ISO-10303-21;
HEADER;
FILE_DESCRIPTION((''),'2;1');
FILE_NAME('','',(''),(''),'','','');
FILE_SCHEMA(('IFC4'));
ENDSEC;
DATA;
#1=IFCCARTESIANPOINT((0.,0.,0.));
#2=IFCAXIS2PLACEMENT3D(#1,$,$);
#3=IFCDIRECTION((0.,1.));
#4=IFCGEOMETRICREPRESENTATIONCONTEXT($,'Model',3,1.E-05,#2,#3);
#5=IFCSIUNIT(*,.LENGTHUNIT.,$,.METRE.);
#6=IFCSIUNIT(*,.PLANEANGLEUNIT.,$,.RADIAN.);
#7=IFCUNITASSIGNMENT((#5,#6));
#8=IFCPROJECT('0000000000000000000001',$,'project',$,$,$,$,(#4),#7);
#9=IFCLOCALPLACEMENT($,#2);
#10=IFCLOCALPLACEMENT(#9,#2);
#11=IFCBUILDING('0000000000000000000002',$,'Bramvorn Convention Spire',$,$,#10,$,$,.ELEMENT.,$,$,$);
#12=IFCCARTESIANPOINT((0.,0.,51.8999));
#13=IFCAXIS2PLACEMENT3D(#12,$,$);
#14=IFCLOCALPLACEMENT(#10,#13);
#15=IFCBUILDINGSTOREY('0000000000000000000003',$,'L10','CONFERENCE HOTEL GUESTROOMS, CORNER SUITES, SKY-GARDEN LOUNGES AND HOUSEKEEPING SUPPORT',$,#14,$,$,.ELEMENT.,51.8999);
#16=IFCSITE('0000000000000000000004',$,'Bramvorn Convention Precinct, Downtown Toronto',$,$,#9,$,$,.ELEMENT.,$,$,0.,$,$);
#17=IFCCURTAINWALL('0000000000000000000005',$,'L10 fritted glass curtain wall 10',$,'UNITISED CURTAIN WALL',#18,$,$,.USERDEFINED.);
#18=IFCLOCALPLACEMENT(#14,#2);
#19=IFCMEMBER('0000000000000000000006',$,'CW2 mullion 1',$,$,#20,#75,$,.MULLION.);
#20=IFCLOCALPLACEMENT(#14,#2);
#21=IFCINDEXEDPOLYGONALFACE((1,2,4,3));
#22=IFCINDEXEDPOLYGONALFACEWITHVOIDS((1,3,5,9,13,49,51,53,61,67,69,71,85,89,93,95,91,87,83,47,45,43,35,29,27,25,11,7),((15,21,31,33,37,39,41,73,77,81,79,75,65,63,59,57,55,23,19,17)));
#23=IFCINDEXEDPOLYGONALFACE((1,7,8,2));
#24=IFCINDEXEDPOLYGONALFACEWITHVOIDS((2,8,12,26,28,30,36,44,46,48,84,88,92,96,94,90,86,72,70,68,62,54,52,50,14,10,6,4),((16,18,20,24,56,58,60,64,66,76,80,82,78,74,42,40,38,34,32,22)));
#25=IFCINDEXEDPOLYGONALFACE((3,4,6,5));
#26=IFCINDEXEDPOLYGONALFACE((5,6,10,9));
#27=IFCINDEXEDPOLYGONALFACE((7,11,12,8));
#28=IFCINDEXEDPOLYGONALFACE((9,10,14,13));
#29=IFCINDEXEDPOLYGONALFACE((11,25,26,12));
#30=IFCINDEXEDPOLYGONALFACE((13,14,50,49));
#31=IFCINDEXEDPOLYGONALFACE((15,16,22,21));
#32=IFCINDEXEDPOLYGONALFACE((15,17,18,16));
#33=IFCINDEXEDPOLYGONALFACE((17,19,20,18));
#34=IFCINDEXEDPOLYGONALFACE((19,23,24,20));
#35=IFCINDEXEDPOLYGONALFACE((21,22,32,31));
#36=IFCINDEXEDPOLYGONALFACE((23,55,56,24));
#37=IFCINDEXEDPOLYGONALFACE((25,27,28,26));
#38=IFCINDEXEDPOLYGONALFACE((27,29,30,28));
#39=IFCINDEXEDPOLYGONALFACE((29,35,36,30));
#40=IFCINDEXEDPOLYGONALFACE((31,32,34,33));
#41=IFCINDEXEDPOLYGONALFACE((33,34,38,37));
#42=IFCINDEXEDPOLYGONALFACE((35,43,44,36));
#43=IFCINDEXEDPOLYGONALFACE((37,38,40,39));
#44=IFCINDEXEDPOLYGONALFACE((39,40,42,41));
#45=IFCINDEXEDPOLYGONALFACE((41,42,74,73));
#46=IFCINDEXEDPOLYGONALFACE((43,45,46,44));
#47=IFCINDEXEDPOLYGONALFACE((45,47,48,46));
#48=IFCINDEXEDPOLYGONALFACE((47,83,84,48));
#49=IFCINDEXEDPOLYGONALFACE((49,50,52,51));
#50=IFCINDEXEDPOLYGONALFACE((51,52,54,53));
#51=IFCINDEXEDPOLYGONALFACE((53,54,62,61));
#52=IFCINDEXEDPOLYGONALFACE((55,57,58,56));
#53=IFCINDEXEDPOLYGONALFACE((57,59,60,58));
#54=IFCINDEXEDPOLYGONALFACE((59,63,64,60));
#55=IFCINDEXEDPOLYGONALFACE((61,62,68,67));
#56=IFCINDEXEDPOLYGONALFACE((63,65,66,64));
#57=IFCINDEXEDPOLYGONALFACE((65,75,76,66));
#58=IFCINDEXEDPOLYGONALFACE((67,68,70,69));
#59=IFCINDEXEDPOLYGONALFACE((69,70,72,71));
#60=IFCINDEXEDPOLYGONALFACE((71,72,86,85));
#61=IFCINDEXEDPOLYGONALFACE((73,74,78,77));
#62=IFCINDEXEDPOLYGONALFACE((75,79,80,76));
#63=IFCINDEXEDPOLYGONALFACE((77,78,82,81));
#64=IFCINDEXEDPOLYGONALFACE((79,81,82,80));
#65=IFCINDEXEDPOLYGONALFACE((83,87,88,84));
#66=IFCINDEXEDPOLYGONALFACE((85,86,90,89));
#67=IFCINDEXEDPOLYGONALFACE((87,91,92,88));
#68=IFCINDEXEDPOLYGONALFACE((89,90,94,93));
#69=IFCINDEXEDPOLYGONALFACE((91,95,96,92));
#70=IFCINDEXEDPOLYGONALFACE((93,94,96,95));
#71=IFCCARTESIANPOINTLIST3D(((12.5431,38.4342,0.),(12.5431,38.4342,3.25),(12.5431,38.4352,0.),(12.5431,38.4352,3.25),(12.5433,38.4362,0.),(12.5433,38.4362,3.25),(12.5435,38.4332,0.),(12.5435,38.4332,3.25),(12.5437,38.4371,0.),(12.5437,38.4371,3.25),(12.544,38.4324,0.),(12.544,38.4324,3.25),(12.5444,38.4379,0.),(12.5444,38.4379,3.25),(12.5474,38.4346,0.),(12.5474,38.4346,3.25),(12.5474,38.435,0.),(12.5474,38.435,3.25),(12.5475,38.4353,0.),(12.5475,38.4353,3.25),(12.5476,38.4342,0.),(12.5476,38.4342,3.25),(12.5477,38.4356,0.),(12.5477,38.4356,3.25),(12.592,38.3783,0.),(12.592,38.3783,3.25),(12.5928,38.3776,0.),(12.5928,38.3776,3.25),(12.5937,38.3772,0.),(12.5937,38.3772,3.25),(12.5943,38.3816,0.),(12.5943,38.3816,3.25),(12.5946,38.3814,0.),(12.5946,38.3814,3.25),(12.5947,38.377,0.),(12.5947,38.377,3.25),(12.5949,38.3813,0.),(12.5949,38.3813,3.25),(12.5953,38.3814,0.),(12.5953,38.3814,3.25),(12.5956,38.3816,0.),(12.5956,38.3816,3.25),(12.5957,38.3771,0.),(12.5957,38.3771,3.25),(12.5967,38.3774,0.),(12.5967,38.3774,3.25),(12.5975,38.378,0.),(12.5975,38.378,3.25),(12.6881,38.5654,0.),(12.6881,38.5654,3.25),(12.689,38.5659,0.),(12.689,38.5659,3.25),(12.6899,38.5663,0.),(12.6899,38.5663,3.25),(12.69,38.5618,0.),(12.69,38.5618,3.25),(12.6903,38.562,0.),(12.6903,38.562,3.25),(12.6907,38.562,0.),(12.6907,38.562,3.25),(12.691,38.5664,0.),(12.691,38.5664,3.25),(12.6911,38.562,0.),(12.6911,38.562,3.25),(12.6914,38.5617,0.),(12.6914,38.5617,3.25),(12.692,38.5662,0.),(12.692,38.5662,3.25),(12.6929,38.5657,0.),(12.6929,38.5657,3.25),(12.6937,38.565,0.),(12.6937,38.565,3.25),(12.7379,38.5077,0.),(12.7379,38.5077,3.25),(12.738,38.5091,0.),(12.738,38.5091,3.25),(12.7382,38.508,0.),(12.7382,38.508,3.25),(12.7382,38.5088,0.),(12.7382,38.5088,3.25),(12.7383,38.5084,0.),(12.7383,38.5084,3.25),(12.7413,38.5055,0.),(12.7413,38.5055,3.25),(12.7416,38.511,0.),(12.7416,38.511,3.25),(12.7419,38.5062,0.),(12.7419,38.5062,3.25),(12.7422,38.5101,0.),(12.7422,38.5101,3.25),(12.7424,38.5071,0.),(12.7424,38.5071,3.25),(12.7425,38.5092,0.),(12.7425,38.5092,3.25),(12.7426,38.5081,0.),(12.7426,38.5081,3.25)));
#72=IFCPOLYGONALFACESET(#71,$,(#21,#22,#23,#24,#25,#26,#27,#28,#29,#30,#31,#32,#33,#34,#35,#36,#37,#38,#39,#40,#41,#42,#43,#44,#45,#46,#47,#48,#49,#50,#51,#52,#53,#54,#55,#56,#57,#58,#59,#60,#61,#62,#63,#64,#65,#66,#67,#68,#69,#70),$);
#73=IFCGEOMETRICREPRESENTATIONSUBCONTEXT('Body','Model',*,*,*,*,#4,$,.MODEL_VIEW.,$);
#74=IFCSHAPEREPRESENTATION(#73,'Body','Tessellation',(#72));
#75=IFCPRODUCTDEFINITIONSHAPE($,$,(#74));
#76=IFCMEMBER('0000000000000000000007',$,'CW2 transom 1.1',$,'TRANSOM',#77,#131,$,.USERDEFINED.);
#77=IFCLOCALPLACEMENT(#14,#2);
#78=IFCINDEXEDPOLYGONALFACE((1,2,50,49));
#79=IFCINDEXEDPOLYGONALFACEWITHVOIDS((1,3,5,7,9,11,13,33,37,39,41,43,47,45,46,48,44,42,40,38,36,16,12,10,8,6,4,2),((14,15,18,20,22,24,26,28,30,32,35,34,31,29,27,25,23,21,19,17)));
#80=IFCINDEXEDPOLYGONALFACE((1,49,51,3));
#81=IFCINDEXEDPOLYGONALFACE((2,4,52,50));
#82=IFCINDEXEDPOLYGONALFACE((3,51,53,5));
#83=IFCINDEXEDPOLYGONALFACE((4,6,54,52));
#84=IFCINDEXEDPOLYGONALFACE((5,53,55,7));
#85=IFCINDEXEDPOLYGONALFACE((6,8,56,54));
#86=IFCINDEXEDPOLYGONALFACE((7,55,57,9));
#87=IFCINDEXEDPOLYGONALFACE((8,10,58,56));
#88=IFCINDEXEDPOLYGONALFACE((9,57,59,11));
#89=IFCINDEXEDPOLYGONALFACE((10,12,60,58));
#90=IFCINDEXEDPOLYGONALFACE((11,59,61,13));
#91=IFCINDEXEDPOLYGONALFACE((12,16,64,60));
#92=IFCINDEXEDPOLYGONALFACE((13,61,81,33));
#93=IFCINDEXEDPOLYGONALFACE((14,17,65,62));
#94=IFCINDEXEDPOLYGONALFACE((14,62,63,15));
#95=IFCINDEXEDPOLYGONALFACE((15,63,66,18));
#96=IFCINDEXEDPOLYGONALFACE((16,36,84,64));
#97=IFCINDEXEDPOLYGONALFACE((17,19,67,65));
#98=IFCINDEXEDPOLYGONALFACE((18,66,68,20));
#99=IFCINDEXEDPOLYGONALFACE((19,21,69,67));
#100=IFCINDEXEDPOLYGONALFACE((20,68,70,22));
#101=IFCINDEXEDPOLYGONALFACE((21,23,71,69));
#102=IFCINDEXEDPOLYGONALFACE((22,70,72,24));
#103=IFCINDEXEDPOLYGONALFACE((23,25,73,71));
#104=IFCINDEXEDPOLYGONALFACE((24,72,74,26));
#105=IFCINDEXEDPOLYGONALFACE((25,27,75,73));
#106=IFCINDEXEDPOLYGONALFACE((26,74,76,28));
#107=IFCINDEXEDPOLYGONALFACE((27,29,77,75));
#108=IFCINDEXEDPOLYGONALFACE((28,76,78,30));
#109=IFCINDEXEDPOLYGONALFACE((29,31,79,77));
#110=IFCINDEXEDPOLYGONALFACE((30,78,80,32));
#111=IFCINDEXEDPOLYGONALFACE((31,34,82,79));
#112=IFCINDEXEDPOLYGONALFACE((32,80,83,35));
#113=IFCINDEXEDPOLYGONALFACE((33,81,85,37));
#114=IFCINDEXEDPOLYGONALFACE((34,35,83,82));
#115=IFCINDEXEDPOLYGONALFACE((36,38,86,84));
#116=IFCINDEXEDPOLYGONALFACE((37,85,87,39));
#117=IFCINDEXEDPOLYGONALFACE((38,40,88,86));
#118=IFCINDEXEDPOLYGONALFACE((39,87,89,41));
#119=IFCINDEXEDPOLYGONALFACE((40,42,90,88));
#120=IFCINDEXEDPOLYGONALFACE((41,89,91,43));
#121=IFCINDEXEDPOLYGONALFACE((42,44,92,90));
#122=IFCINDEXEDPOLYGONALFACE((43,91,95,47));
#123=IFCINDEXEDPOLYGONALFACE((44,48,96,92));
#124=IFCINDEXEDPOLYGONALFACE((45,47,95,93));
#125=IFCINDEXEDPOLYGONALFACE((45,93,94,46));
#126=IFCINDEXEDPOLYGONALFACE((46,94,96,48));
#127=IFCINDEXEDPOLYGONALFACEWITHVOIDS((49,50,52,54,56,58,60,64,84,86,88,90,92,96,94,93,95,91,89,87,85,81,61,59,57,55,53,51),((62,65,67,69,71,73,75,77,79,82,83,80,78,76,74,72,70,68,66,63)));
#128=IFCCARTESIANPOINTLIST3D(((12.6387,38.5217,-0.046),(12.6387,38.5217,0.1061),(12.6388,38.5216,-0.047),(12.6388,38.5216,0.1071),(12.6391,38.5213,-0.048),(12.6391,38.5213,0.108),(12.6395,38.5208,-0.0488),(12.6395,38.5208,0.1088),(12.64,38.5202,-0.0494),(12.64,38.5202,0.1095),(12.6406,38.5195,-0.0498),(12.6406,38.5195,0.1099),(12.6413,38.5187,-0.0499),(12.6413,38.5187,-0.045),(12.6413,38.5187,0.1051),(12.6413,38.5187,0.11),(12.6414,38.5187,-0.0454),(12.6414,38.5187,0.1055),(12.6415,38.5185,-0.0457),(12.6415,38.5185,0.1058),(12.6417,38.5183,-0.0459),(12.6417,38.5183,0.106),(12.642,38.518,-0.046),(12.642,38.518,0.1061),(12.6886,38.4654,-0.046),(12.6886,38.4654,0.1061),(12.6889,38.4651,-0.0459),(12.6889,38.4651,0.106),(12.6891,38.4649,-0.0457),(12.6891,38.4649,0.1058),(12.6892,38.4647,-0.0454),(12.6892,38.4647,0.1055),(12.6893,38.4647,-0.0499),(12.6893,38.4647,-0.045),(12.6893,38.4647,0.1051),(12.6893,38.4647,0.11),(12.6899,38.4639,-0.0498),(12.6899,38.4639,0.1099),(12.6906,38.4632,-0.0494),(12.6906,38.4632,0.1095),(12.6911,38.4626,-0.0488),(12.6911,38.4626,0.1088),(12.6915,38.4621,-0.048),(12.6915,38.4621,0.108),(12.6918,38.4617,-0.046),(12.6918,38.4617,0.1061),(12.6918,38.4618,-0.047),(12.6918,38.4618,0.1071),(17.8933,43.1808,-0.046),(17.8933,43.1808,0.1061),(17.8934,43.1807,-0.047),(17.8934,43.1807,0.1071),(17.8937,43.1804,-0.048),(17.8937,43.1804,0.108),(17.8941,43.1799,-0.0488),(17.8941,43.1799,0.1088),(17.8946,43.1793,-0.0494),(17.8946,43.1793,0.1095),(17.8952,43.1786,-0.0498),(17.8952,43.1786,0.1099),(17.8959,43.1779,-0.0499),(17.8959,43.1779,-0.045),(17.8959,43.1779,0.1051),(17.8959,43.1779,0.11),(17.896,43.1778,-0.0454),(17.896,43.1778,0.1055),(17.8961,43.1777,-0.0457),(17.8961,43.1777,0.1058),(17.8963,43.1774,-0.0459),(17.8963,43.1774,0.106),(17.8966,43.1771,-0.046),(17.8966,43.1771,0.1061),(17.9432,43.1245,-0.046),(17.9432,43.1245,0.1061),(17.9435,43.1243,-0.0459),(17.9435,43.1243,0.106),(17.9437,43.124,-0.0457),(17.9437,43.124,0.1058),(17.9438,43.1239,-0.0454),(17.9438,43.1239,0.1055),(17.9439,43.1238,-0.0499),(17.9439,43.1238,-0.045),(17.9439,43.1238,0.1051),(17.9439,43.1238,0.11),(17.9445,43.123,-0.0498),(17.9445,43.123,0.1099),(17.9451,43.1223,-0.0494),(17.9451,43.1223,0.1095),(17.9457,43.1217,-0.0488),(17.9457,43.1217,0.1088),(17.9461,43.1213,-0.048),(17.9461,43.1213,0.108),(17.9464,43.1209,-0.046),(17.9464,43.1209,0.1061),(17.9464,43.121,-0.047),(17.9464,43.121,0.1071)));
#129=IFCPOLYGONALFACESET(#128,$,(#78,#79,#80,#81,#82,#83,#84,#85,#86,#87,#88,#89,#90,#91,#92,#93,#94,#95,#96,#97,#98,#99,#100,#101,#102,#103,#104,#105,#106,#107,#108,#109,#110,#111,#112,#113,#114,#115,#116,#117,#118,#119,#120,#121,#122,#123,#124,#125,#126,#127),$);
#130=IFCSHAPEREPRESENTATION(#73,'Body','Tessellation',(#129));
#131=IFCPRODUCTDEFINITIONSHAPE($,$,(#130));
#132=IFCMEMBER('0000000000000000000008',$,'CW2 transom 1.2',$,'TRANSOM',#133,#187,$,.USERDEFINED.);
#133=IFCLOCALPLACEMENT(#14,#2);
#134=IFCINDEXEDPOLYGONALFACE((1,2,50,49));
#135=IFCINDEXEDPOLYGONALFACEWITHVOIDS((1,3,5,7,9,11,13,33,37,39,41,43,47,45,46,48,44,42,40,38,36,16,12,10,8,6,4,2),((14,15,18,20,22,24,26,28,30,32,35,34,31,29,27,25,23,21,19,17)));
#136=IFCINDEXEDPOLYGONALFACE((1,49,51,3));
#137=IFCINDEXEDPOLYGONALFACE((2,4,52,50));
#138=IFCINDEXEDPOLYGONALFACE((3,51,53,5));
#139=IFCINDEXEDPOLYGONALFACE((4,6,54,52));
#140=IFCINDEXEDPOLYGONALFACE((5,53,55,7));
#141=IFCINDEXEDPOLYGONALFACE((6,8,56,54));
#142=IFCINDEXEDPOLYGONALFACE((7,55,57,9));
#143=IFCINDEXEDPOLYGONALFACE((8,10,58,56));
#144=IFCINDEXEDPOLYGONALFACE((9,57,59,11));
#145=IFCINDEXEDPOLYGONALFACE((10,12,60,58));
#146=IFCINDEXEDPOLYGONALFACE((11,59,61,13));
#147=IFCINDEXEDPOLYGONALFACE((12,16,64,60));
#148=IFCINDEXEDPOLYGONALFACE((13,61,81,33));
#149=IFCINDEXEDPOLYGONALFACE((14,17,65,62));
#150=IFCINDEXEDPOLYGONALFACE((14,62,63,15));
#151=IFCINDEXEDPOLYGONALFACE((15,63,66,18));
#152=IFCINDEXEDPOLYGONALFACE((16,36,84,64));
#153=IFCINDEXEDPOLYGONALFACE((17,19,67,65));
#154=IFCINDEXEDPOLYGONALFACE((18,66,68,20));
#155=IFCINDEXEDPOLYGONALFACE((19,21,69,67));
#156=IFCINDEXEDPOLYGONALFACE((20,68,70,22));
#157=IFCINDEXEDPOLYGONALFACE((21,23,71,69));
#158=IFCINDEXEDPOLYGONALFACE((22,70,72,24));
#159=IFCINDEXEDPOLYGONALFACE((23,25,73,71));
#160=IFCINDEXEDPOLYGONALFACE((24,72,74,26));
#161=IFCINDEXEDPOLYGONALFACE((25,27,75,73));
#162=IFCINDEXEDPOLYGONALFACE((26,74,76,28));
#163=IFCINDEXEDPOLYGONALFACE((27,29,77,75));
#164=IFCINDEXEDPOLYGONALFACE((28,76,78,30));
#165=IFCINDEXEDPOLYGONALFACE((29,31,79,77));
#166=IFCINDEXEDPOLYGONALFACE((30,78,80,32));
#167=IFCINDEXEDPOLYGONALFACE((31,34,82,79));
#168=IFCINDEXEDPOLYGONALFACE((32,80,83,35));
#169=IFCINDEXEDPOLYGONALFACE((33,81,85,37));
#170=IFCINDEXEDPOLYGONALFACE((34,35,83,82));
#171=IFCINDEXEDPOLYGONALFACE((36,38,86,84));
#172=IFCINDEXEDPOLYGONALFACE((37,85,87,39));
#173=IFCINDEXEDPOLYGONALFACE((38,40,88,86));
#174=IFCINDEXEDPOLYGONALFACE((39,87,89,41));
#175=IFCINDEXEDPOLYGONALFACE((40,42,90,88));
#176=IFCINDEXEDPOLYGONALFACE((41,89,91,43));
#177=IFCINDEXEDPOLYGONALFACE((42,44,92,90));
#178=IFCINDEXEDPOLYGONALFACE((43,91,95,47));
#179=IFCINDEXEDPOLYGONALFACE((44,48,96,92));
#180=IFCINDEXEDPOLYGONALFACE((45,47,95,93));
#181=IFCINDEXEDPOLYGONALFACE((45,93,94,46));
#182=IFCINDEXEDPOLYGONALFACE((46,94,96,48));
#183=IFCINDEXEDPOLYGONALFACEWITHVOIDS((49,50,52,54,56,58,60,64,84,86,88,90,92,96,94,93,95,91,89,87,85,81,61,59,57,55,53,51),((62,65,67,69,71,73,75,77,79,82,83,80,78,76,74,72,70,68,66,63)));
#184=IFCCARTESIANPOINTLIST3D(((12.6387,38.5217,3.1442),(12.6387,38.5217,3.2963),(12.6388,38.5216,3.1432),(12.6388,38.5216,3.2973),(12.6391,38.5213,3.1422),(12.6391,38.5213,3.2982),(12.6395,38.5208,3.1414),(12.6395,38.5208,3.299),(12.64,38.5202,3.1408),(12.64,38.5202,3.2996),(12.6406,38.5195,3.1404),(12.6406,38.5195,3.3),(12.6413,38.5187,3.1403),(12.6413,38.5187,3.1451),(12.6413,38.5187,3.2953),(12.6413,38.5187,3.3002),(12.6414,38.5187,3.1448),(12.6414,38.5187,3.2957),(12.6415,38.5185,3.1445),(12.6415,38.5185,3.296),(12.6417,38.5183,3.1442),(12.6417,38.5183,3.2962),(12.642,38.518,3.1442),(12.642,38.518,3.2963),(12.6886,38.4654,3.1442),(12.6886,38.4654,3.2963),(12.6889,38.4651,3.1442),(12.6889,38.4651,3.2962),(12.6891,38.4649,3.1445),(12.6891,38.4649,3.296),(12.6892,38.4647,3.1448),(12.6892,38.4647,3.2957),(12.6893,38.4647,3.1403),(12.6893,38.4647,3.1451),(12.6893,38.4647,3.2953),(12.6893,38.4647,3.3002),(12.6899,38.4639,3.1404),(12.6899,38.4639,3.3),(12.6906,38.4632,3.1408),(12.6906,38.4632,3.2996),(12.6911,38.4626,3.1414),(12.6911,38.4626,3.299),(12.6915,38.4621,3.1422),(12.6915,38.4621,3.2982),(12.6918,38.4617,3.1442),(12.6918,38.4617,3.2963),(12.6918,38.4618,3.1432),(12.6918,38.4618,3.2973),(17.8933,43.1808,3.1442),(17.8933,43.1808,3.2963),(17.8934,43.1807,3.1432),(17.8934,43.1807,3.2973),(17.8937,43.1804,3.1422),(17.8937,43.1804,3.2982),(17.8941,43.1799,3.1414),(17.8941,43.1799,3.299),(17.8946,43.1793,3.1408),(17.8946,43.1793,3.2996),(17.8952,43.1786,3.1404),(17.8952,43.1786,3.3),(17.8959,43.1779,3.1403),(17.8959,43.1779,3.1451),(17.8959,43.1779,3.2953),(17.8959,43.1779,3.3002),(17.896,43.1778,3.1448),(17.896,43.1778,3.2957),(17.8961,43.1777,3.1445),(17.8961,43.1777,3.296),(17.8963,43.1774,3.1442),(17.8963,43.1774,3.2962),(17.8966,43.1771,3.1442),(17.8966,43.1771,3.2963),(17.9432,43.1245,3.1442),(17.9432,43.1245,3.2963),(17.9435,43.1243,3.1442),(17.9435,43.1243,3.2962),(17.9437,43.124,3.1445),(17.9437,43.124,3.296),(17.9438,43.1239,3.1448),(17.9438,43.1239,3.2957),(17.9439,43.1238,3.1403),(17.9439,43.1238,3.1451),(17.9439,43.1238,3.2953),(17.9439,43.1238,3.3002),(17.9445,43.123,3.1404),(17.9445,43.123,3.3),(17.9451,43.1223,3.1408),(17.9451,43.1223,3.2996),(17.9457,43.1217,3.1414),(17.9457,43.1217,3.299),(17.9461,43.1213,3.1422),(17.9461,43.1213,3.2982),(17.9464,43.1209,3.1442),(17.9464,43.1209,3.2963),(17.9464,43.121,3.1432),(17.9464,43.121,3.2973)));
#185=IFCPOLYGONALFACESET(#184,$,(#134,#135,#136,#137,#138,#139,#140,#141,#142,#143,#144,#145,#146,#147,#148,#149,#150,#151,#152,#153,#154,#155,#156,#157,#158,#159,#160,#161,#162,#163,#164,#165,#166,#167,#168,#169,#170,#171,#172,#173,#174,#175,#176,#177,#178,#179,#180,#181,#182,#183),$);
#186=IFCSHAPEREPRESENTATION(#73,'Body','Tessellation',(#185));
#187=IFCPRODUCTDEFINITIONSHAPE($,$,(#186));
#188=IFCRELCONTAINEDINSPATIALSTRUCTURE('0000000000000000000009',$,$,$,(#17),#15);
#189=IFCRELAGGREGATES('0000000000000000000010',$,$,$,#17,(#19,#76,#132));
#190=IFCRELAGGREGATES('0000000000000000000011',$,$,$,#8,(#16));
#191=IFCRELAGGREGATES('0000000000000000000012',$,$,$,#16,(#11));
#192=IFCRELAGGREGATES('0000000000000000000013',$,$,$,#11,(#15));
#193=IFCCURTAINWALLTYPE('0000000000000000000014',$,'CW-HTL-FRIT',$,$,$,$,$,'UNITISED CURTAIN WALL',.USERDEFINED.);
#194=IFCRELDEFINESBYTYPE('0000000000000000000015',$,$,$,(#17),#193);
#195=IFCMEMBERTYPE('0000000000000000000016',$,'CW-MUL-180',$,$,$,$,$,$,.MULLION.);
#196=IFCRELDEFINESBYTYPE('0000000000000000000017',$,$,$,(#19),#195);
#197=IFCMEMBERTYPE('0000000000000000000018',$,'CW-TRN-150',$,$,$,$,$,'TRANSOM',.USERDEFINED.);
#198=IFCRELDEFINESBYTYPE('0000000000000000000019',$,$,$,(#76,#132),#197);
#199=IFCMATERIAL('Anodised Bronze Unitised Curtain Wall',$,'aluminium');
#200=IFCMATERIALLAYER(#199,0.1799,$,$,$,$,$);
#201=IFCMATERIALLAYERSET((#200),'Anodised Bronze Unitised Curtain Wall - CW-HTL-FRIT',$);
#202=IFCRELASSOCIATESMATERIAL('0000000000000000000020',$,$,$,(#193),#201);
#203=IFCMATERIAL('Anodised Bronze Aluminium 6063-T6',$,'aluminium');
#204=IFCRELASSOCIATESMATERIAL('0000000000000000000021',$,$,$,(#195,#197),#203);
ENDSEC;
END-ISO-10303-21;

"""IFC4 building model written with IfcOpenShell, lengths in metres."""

from ifc_helpers import new_model, si_unit, direction, frame, origin, origin_2d, place, context, subcontext, project, spatial, hollow_rectangle, extrude, material, layer, layer_set, material_profile, profile_set, type_object, element, aggregate, save


model = new_model("IFC4")

# Units and contexts
model_context = context("Model", 3, precision=1e-05, world=origin(), true_north=direction((0.0, 1.0)))
body_context = subcontext(model_context, "Body", "Model", "MODEL_VIEW")
ifc_project = project(units=[si_unit("LENGTHUNIT", "METRE"), si_unit("PLANEANGLEUNIT", "RADIAN")], contexts=[model_context])

# Site, building, storey
site_placement = place(None, origin())
site = spatial("IfcSite", under=ifc_project, at=site_placement, Name="Bramvorn Convention Precinct, Downtown Toronto", CompositionType="ELEMENT", RefElevation=0.0)
building_placement = place(site_placement, origin())
building = spatial("IfcBuilding", under=site, at=building_placement, Name="Bramvorn Convention Spire", CompositionType="ELEMENT")
storey_placement = place(building_placement, frame((0.0, 0.0, 51.8999)))
storey = spatial("IfcBuildingStorey", under=building, at=storey_placement, Name="L10", Description="CONFERENCE HOTEL GUESTROOMS, CORNER SUITES, SKY-GARDEN LOUNGES AND HOUSEKEEPING SUPPORT", CompositionType="ELEMENT", Elevation=51.8999)

# Curtain wall, members
ifc_material_1 = material(Name="Anodised Bronze Unitised Curtain Wall", Category="aluminium")
ifc_layer_1 = layer(ifc_material_1, 0.1799)
ifc_layer_set_1 = layer_set([ifc_layer_1], Name="Anodised Bronze Unitised Curtain Wall - CW-HTL-FRIT")
curtain_wall_type = type_object("IfcCurtainWallType", Name="CW-HTL-FRIT", ElementType="UNITISED CURTAIN WALL", PredefinedType="USERDEFINED", material=ifc_layer_set_1)
curtain_wall_placement = place(storey_placement, origin())
curtain_wall = element("IfcCurtainWall", 1, at=curtain_wall_placement, inside=storey, type_object=curtain_wall_type, Name="L10 fritted glass curtain wall 10", ObjectType="UNITISED CURTAIN WALL", PredefinedType="USERDEFINED")
ifc_material_2 = material(Name="Anodised Bronze Aluminium 6063-T6", Category="aluminium")
ifc_material_profile_1 = material_profile(ifc_material_2, hollow_rectangle(XDim=0.0801, YDim=0.2, WallThickness=0.0039, InnerFilletRadius=0.001, OuterFilletRadius=0.0039, at=origin_2d()))
ifc_profile_set_1 = profile_set([ifc_material_profile_1], Name="Anodised Bronze Aluminium 6063-T6 - CWM80X200")
member_type_1 = type_object("IfcMemberType", Name="CW-MUL-180", PredefinedType="MULLION", material=ifc_profile_set_1)
member_1_placement = place(storey_placement, frame((12.6428, 38.4717, 0.0), z_axis=(0.0, 0.0, 1.0), x_axis=(-0.663443, 0.748227, 0.0)))
member_1 = element("IfcMember", 2, at=member_1_placement, type_object=member_type_1, Name="CW2 mullion 1", PredefinedType="MULLION", context=body_context, shape_type="SweptSolid", body=[
    extrude(hollow_rectangle(XDim=0.0801, YDim=0.2, WallThickness=0.0039, InnerFilletRadius=0.001, OuterFilletRadius=0.0039, at=origin_2d()), origin(), (0.0, 0.0, 1.0), 3.25),
])
ifc_material_profile_2 = material_profile(ifc_material_2, hollow_rectangle(XDim=0.0801, YDim=0.1599, WallThickness=0.0039, InnerFilletRadius=0.001, OuterFilletRadius=0.0039, at=origin_2d()))
ifc_profile_set_2 = profile_set([ifc_material_profile_2], Name="Anodised Bronze Aluminium 6063-T6 - CWT80X160")
member_type_2 = type_object("IfcMemberType", Name="CW-TRN-150", ElementType="TRANSOM", PredefinedType="USERDEFINED", material=ifc_profile_set_2)
member_2_placement = place(storey_placement, frame((12.6653, 38.4917, 0.03), z_axis=(0.74823, 0.66344, 0.0), x_axis=(-0.66344, 0.74823, 0.0)))
member_2 = element("IfcMember", 3, at=member_2_placement, type_object=member_type_2, Name="CW2 transom 1.1", ObjectType="TRANSOM", PredefinedType="USERDEFINED", context=body_context, shape_type="SweptSolid", body=[
    extrude(hollow_rectangle(XDim=0.0801, YDim=0.1599, WallThickness=0.0039, InnerFilletRadius=0.001, OuterFilletRadius=0.0039, at=origin_2d()), origin(), (0.0, 0.0, 1.0), 7.0227),
])
member_3_placement = place(storey_placement, frame((12.6653, 38.4917, 3.2202), z_axis=(0.74823, 0.66344, 0.0), x_axis=(-0.66344, 0.74823, 0.0)))
member_3 = element("IfcMember", 4, at=member_3_placement, type_object=member_type_2, Name="CW2 transom 1.2", ObjectType="TRANSOM", PredefinedType="USERDEFINED", context=body_context, shape_type="SweptSolid", body=[
    extrude(hollow_rectangle(XDim=0.0801, YDim=0.1599, WallThickness=0.0039, InnerFilletRadius=0.001, OuterFilletRadius=0.0039, at=origin_2d()), origin(), (0.0, 0.0, 1.0), 7.0227),
])
aggregate(curtain_wall, [member_1, member_2, member_3])

save(model, "model.ifc")
